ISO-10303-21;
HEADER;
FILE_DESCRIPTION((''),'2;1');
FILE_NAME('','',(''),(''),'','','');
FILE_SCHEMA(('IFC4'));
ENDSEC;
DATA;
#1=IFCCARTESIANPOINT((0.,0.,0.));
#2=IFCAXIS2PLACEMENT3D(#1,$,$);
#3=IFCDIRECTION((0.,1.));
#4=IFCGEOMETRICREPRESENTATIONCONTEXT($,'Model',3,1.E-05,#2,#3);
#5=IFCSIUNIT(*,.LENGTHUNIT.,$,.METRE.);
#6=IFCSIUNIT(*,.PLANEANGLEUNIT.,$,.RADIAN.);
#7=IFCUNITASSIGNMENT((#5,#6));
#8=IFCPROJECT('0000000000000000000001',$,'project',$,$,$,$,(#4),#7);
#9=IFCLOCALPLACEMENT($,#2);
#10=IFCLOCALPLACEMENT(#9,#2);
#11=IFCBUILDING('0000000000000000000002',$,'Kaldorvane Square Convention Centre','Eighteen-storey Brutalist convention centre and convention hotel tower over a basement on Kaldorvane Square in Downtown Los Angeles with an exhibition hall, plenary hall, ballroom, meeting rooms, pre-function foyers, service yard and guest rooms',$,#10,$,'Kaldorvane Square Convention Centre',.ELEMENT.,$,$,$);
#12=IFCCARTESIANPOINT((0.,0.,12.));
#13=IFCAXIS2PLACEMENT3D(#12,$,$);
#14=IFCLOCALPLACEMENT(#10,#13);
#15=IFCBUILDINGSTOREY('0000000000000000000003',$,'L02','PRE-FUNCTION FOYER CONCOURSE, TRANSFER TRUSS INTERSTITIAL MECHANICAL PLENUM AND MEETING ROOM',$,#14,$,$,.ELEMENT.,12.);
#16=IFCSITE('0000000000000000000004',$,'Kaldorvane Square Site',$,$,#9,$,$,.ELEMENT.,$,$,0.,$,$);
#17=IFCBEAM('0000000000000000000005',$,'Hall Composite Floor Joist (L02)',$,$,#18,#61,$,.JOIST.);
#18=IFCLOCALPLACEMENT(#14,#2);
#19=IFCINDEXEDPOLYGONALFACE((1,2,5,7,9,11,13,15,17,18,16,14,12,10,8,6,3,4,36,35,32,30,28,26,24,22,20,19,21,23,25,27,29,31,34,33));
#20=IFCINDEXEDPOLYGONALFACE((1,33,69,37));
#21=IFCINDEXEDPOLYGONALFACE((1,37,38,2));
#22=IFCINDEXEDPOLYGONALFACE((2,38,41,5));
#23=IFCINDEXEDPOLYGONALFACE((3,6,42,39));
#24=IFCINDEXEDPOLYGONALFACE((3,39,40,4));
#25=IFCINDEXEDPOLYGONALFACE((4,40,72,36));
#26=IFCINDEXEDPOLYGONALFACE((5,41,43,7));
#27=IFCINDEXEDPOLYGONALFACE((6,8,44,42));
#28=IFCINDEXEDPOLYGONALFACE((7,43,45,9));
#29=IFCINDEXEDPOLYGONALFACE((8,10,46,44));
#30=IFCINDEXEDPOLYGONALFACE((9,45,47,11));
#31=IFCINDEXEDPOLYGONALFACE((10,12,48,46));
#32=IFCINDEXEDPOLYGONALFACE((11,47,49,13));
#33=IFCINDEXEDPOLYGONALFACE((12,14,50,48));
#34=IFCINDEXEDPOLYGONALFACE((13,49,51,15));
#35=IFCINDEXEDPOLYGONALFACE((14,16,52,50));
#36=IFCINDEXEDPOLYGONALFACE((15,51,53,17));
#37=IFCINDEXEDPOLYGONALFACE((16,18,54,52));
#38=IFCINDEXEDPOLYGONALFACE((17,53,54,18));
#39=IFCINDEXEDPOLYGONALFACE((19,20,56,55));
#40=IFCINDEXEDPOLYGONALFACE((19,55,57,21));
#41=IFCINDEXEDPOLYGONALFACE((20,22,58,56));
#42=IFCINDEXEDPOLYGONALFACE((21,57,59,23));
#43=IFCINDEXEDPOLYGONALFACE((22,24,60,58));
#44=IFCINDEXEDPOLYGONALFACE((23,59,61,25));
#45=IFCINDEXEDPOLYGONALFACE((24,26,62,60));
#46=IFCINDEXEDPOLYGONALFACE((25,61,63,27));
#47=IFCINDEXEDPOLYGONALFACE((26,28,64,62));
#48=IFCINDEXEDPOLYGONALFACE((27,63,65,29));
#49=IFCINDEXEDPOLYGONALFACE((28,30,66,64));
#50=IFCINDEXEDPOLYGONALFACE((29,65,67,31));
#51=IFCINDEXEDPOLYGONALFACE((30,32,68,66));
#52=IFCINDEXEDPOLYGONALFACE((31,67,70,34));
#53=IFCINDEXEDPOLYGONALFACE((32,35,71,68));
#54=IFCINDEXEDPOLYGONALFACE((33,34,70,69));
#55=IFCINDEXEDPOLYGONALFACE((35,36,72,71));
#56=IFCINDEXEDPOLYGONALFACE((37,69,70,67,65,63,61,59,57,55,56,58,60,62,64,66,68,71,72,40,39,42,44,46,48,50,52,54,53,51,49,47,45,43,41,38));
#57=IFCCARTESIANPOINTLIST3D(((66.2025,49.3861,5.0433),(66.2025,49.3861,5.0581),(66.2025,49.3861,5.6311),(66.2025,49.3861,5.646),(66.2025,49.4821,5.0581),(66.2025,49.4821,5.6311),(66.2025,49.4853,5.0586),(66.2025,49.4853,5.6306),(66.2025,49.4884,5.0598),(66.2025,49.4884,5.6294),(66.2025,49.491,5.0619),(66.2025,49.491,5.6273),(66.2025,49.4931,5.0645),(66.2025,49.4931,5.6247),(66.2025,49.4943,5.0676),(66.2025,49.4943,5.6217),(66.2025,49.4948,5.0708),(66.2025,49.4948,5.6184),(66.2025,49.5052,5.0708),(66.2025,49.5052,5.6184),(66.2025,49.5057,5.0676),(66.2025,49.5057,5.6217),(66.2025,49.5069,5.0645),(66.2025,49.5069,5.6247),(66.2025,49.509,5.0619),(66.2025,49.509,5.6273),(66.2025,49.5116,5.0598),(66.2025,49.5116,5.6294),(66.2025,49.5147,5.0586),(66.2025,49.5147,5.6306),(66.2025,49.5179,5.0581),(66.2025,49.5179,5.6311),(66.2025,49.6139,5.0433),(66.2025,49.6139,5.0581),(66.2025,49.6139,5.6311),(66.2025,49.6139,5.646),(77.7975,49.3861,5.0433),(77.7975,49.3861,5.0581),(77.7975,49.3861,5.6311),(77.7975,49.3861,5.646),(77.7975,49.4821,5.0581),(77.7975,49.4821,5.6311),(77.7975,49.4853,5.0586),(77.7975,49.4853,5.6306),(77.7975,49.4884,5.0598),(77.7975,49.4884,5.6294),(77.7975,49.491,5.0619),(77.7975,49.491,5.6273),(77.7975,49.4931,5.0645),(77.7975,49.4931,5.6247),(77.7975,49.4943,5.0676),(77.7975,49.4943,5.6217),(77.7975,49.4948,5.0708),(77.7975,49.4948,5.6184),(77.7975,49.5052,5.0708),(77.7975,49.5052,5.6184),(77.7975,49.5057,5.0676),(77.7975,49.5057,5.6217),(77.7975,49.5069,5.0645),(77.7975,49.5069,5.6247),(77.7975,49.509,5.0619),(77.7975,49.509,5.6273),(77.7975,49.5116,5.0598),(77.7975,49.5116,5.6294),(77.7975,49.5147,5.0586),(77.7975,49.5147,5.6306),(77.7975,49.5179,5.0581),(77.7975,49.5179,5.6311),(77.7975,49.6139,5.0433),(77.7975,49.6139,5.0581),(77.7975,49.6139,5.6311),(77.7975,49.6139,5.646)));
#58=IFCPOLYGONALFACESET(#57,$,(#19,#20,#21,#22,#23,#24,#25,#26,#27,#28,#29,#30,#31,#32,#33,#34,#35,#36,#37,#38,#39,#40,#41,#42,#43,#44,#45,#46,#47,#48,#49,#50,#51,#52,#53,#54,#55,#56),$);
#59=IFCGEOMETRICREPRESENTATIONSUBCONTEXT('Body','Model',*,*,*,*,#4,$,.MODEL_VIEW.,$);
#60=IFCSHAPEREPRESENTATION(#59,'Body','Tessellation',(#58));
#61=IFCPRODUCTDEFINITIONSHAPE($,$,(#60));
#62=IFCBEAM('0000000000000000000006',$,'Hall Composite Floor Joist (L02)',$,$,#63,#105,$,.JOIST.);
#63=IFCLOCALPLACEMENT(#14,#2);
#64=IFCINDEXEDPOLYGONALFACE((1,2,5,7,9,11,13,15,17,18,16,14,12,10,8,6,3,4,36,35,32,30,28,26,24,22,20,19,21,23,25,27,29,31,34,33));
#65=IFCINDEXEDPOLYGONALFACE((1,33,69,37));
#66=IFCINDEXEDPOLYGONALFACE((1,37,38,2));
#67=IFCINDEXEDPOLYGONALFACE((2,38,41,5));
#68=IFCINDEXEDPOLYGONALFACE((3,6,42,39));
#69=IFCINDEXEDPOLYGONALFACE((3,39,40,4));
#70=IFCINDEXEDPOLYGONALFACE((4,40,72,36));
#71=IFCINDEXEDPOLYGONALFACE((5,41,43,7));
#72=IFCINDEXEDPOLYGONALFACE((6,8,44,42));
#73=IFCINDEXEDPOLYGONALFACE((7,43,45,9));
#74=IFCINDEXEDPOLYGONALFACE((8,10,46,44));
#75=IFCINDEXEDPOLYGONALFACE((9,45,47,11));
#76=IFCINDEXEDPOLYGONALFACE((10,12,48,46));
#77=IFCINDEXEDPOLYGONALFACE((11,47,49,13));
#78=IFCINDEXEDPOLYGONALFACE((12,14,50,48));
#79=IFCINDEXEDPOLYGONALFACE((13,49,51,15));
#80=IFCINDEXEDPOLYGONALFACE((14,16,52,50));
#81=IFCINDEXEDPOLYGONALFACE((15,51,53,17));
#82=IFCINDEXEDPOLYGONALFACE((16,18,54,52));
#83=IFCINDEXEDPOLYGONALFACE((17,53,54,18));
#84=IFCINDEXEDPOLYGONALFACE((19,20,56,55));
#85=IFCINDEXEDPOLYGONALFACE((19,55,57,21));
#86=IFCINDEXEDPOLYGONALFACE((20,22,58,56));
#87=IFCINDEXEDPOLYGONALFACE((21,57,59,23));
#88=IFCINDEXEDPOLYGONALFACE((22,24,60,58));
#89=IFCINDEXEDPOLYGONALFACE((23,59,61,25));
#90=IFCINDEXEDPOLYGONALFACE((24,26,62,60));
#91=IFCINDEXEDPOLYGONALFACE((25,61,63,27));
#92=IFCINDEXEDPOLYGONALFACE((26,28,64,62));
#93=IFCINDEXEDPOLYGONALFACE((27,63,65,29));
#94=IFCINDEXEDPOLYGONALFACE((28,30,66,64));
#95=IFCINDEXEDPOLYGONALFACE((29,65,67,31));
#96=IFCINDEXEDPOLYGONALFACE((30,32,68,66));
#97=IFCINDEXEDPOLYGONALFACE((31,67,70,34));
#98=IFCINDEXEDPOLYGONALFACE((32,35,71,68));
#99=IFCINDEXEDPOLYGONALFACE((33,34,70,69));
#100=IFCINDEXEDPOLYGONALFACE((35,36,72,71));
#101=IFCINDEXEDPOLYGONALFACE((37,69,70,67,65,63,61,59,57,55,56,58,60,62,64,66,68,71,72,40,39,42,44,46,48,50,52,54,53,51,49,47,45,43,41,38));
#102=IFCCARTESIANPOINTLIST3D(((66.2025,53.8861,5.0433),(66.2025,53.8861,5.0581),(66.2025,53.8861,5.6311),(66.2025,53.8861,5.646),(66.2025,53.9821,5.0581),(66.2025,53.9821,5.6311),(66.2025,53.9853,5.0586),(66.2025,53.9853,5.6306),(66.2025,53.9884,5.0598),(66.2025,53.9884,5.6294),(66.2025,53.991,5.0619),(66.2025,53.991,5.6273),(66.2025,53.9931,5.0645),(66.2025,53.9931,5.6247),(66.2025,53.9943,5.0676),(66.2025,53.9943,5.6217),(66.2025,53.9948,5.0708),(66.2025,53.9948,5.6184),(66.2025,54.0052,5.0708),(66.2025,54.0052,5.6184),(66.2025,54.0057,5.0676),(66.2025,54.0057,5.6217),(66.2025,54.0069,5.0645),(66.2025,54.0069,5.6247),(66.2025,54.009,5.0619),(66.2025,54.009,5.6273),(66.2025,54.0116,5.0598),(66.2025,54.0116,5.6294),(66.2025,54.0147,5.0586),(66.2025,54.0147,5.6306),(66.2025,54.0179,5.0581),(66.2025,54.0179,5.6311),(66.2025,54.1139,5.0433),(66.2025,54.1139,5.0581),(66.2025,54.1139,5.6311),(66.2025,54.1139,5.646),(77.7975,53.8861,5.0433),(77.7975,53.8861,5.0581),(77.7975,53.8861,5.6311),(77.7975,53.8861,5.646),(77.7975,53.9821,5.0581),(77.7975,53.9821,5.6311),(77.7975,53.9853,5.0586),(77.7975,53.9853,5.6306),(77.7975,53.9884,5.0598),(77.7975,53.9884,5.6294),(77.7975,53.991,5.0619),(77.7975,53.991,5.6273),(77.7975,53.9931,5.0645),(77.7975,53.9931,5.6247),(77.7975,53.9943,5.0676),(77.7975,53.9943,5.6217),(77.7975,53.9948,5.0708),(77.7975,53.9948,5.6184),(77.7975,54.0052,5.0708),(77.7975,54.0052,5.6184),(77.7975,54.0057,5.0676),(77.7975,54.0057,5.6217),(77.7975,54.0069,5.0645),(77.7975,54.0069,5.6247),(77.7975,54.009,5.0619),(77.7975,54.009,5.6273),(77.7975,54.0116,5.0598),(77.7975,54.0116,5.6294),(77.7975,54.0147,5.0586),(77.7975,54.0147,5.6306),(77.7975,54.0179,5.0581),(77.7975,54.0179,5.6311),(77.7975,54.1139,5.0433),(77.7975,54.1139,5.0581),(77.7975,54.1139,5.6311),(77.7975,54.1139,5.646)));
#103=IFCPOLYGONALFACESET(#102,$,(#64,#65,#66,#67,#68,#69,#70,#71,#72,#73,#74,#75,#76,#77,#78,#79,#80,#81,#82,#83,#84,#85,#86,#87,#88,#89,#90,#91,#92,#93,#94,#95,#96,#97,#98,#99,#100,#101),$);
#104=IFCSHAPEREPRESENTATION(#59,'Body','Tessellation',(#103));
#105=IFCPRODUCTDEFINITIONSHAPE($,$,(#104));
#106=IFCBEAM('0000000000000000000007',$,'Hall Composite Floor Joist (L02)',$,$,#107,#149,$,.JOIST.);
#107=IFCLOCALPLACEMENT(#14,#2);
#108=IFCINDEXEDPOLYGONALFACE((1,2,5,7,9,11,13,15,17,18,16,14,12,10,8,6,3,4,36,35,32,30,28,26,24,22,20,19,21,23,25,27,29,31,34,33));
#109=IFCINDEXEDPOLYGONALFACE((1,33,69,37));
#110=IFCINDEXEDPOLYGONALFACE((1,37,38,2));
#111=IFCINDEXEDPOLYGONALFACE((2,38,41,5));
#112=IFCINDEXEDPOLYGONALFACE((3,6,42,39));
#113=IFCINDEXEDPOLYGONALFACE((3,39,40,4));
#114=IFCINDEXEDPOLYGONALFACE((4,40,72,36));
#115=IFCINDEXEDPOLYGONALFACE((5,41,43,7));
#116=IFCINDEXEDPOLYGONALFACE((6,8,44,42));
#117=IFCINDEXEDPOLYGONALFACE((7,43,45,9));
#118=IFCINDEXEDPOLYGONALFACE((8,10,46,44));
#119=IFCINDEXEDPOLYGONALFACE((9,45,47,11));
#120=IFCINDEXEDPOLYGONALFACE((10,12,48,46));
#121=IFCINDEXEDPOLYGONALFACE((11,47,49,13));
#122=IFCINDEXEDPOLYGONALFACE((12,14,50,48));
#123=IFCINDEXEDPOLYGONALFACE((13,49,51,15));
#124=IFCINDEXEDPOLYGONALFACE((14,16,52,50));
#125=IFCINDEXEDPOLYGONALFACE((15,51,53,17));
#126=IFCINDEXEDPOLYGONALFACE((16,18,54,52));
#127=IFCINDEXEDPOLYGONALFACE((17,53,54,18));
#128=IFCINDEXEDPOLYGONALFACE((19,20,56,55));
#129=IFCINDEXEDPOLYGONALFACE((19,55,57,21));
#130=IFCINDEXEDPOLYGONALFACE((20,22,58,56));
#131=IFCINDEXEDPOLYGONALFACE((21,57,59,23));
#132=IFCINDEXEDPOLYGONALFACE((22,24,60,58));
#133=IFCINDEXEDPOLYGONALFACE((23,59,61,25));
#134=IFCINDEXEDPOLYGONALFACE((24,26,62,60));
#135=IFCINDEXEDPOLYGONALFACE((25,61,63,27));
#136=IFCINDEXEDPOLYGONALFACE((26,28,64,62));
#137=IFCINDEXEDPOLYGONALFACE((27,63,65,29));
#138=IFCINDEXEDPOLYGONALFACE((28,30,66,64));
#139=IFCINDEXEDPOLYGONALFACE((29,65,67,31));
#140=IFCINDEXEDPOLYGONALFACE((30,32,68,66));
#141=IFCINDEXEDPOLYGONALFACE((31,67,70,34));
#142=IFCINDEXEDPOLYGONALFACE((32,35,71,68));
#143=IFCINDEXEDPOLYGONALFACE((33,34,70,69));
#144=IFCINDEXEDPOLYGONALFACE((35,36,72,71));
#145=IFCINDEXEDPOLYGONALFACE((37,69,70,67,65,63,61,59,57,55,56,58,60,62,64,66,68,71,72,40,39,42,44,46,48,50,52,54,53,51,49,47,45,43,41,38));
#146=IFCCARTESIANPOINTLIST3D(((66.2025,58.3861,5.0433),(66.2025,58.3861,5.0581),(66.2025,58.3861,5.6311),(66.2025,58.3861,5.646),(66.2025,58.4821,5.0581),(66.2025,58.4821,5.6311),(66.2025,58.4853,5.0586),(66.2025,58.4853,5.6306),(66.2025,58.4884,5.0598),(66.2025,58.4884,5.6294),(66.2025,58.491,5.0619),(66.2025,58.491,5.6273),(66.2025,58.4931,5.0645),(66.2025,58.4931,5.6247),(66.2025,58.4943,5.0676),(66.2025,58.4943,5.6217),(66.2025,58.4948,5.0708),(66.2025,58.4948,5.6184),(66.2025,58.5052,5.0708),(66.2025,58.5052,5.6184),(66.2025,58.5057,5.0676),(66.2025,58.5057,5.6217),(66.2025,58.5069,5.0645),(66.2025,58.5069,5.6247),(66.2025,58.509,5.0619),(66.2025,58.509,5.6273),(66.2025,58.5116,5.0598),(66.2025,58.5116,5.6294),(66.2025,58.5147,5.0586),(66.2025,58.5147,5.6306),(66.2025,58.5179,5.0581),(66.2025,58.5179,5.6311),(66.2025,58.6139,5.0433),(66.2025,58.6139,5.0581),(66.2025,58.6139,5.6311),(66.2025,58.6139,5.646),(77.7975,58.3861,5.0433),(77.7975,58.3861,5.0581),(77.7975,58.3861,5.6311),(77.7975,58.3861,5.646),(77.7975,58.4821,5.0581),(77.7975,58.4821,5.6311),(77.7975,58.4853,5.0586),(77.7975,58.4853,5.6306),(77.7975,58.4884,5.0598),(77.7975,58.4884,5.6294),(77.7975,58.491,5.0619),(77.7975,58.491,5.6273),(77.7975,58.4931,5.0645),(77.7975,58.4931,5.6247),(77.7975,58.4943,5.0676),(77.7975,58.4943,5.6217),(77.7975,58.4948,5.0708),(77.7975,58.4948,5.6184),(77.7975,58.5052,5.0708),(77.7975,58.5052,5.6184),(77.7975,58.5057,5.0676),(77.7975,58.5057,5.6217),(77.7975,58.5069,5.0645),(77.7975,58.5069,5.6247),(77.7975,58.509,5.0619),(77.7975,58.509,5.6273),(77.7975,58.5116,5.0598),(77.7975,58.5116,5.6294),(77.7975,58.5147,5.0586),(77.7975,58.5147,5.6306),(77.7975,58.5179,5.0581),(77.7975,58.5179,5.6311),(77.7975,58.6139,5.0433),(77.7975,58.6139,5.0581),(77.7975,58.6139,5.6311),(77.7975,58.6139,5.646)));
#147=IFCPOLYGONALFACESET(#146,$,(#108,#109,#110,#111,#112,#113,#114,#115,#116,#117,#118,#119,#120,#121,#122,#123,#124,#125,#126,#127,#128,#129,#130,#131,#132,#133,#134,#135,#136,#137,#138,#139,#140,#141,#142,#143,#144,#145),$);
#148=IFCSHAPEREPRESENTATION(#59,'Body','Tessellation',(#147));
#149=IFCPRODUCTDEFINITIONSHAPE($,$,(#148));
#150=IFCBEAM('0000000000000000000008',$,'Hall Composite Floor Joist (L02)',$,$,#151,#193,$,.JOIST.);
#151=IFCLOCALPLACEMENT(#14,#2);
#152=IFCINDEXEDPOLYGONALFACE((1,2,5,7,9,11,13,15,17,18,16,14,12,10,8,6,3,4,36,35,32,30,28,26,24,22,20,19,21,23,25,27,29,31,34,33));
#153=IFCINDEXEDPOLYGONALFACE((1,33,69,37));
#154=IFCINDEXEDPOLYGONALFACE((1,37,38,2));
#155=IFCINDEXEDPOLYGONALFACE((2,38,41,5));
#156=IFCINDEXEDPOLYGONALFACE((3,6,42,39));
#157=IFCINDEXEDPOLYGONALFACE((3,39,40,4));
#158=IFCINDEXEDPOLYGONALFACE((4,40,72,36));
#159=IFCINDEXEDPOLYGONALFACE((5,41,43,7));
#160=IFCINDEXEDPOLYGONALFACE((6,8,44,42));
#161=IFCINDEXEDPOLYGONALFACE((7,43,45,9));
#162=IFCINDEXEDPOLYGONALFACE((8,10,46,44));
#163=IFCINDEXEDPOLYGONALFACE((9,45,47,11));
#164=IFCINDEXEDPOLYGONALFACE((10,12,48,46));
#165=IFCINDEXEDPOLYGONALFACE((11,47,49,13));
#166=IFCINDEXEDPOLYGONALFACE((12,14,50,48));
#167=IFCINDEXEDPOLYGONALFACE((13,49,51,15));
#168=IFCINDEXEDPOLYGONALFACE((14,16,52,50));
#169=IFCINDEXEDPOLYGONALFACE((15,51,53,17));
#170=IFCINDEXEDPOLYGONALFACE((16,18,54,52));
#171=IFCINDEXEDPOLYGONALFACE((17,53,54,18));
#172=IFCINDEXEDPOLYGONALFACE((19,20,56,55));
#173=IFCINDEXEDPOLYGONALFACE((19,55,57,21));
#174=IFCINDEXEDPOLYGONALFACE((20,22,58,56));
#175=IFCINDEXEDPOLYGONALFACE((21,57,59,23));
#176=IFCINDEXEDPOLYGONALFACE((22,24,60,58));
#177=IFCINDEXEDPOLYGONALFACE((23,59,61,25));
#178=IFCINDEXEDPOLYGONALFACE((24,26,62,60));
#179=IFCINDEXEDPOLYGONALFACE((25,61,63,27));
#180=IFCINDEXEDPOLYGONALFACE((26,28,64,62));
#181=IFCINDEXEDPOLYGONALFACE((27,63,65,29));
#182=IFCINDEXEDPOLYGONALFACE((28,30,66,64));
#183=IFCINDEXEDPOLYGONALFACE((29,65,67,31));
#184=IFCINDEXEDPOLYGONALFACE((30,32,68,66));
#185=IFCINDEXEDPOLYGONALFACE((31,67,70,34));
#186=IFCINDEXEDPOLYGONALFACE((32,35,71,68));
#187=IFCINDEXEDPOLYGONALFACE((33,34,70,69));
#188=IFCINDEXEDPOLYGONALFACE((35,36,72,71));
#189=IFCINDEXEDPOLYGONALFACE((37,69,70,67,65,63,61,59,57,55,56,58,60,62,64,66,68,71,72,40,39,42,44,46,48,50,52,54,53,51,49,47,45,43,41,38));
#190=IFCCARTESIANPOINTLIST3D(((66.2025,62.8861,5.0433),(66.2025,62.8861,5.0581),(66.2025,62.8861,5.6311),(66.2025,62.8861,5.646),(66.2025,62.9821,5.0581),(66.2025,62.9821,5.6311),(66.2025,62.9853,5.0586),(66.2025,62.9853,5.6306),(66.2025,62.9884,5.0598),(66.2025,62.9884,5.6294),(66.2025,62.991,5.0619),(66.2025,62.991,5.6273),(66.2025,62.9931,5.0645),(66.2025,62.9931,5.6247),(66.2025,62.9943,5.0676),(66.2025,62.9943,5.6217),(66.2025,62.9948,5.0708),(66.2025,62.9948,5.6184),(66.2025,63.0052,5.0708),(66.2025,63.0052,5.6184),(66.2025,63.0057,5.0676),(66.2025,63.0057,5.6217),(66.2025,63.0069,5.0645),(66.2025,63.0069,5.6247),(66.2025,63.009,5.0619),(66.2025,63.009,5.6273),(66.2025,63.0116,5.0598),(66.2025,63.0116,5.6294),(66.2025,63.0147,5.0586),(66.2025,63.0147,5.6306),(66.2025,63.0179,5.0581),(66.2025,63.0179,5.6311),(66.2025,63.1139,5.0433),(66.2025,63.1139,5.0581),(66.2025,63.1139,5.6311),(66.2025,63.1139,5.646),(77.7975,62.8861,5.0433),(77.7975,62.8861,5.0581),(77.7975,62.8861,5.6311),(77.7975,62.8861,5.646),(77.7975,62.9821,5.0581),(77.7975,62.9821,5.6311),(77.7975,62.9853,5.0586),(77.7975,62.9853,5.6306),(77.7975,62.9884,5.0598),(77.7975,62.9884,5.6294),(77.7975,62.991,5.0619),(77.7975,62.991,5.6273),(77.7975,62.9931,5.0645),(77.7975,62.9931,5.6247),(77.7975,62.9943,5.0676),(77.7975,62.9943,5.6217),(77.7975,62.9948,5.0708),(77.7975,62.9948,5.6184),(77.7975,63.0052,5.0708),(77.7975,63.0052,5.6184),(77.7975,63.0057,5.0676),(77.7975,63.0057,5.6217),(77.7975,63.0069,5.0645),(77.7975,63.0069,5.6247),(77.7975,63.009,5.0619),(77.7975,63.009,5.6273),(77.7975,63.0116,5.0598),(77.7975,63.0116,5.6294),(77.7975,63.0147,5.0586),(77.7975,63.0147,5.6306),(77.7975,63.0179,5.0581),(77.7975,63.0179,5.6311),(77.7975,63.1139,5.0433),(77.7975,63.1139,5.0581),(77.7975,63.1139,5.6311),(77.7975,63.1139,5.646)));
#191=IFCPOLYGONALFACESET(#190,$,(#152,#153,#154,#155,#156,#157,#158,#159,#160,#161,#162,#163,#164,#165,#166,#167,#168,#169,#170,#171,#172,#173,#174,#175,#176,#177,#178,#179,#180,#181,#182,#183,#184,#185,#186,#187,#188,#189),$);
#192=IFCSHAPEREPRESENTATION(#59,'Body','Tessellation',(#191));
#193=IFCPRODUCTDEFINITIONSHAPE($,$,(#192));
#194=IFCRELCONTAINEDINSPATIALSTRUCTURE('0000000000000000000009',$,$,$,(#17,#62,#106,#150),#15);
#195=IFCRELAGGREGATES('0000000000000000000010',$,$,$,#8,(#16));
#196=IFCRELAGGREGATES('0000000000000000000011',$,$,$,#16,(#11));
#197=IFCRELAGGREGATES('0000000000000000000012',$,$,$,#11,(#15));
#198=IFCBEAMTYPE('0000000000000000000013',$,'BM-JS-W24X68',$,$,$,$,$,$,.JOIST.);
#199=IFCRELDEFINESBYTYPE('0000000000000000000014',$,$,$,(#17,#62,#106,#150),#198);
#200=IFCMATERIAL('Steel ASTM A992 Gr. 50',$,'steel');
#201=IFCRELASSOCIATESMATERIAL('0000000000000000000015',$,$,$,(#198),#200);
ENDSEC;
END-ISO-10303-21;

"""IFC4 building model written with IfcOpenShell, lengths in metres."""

from ifc_helpers import new_model, si_unit, direction, frame, origin, origin_2d, place, context, subcontext, project, spatial, i_section, extrude, material, material_profile, profile_set, type_object, element, save


model = new_model("IFC4")

# Units and contexts
model_context = context("Model", 3, precision=1e-05, world=origin(), true_north=direction((0.0, 1.0)))
body_context = subcontext(model_context, "Body", "Model", "MODEL_VIEW")
ifc_project = project(units=[si_unit("LENGTHUNIT", "METRE"), si_unit("PLANEANGLEUNIT", "RADIAN")], contexts=[model_context])

# Site, building, storey
site_placement = place(None, origin())
site = spatial("IfcSite", under=ifc_project, at=site_placement, Name="Kaldorvane Square Site", CompositionType="ELEMENT", RefElevation=0.0)
building_placement = place(site_placement, origin())
building = spatial("IfcBuilding", under=site, at=building_placement, Name="Kaldorvane Square Convention Centre", Description="Eighteen-storey Brutalist convention centre and convention hotel tower over a basement on Kaldorvane Square in Downtown Los Angeles with an exhibition hall, plenary hall, ballroom, meeting rooms, pre-function foyers, service yard and guest rooms", LongName="Kaldorvane Square Convention Centre", CompositionType="ELEMENT")
storey_placement = place(building_placement, frame((0.0, 0.0, 12.0)))
storey = spatial("IfcBuildingStorey", under=building, at=storey_placement, Name="L02", Description="PRE-FUNCTION FOYER CONCOURSE, TRANSFER TRUSS INTERSTITIAL MECHANICAL PLENUM AND MEETING ROOM", CompositionType="ELEMENT", Elevation=12.0)

# Beams
ifc_material = material(Name="Steel ASTM A992 Gr. 50", Category="steel")
ifc_material_profile_1 = material_profile(ifc_material, i_section(OverallWidth=0.2277, OverallDepth=0.6027, WebThickness=0.0105, FlangeThickness=0.0149, FilletRadius=0.0127, at=origin_2d()), Name="W24X68")
ifc_profile_set_1 = profile_set([ifc_material_profile_1], Name="Steel ASTM A992 Gr. 50")
beam_type = type_object("IfcBeamType", Name="BM-JS-W24X68", PredefinedType="JOIST", material=ifc_profile_set_1)
for number, where, z_axis, x_axis, name in (
    (1, (66.2025, 49.5, 5.3446), (1.0, 0.0, 0.0), (0.0, 1.0, 0.0), "Hall Composite Floor Joist (L02)"),
    (2, (66.2025, 54.0, 5.3446), (1.0, 0.0, 0.0), (0.0, 1.0, 0.0), "Hall Composite Floor Joist (L02)"),
    (3, (66.2025, 58.5, 5.3446), (1.0, 0.0, 0.0), (0.0, 1.0, 0.0), "Hall Composite Floor Joist (L02)"),
    (4, (66.2025, 63.0, 5.3446), (1.0, 0.0, 0.0), (0.0, 1.0, 0.0), "Hall Composite Floor Joist (L02)"),
):
    element("IfcBeam", number, at=place(storey_placement, frame(where, z_axis=z_axis, x_axis=x_axis)), inside=storey, type_object=beam_type, Name=name, PredefinedType="JOIST", context=body_context, shape_type="SweptSolid", body=[
        extrude(i_section(OverallWidth=0.2277, OverallDepth=0.6027, WebThickness=0.0105, FlangeThickness=0.0149, FilletRadius=0.0127, at=origin_2d()), origin(), (0.0, 0.0, 1.0), 11.595),
    ])

save(model, "model.ifc")
